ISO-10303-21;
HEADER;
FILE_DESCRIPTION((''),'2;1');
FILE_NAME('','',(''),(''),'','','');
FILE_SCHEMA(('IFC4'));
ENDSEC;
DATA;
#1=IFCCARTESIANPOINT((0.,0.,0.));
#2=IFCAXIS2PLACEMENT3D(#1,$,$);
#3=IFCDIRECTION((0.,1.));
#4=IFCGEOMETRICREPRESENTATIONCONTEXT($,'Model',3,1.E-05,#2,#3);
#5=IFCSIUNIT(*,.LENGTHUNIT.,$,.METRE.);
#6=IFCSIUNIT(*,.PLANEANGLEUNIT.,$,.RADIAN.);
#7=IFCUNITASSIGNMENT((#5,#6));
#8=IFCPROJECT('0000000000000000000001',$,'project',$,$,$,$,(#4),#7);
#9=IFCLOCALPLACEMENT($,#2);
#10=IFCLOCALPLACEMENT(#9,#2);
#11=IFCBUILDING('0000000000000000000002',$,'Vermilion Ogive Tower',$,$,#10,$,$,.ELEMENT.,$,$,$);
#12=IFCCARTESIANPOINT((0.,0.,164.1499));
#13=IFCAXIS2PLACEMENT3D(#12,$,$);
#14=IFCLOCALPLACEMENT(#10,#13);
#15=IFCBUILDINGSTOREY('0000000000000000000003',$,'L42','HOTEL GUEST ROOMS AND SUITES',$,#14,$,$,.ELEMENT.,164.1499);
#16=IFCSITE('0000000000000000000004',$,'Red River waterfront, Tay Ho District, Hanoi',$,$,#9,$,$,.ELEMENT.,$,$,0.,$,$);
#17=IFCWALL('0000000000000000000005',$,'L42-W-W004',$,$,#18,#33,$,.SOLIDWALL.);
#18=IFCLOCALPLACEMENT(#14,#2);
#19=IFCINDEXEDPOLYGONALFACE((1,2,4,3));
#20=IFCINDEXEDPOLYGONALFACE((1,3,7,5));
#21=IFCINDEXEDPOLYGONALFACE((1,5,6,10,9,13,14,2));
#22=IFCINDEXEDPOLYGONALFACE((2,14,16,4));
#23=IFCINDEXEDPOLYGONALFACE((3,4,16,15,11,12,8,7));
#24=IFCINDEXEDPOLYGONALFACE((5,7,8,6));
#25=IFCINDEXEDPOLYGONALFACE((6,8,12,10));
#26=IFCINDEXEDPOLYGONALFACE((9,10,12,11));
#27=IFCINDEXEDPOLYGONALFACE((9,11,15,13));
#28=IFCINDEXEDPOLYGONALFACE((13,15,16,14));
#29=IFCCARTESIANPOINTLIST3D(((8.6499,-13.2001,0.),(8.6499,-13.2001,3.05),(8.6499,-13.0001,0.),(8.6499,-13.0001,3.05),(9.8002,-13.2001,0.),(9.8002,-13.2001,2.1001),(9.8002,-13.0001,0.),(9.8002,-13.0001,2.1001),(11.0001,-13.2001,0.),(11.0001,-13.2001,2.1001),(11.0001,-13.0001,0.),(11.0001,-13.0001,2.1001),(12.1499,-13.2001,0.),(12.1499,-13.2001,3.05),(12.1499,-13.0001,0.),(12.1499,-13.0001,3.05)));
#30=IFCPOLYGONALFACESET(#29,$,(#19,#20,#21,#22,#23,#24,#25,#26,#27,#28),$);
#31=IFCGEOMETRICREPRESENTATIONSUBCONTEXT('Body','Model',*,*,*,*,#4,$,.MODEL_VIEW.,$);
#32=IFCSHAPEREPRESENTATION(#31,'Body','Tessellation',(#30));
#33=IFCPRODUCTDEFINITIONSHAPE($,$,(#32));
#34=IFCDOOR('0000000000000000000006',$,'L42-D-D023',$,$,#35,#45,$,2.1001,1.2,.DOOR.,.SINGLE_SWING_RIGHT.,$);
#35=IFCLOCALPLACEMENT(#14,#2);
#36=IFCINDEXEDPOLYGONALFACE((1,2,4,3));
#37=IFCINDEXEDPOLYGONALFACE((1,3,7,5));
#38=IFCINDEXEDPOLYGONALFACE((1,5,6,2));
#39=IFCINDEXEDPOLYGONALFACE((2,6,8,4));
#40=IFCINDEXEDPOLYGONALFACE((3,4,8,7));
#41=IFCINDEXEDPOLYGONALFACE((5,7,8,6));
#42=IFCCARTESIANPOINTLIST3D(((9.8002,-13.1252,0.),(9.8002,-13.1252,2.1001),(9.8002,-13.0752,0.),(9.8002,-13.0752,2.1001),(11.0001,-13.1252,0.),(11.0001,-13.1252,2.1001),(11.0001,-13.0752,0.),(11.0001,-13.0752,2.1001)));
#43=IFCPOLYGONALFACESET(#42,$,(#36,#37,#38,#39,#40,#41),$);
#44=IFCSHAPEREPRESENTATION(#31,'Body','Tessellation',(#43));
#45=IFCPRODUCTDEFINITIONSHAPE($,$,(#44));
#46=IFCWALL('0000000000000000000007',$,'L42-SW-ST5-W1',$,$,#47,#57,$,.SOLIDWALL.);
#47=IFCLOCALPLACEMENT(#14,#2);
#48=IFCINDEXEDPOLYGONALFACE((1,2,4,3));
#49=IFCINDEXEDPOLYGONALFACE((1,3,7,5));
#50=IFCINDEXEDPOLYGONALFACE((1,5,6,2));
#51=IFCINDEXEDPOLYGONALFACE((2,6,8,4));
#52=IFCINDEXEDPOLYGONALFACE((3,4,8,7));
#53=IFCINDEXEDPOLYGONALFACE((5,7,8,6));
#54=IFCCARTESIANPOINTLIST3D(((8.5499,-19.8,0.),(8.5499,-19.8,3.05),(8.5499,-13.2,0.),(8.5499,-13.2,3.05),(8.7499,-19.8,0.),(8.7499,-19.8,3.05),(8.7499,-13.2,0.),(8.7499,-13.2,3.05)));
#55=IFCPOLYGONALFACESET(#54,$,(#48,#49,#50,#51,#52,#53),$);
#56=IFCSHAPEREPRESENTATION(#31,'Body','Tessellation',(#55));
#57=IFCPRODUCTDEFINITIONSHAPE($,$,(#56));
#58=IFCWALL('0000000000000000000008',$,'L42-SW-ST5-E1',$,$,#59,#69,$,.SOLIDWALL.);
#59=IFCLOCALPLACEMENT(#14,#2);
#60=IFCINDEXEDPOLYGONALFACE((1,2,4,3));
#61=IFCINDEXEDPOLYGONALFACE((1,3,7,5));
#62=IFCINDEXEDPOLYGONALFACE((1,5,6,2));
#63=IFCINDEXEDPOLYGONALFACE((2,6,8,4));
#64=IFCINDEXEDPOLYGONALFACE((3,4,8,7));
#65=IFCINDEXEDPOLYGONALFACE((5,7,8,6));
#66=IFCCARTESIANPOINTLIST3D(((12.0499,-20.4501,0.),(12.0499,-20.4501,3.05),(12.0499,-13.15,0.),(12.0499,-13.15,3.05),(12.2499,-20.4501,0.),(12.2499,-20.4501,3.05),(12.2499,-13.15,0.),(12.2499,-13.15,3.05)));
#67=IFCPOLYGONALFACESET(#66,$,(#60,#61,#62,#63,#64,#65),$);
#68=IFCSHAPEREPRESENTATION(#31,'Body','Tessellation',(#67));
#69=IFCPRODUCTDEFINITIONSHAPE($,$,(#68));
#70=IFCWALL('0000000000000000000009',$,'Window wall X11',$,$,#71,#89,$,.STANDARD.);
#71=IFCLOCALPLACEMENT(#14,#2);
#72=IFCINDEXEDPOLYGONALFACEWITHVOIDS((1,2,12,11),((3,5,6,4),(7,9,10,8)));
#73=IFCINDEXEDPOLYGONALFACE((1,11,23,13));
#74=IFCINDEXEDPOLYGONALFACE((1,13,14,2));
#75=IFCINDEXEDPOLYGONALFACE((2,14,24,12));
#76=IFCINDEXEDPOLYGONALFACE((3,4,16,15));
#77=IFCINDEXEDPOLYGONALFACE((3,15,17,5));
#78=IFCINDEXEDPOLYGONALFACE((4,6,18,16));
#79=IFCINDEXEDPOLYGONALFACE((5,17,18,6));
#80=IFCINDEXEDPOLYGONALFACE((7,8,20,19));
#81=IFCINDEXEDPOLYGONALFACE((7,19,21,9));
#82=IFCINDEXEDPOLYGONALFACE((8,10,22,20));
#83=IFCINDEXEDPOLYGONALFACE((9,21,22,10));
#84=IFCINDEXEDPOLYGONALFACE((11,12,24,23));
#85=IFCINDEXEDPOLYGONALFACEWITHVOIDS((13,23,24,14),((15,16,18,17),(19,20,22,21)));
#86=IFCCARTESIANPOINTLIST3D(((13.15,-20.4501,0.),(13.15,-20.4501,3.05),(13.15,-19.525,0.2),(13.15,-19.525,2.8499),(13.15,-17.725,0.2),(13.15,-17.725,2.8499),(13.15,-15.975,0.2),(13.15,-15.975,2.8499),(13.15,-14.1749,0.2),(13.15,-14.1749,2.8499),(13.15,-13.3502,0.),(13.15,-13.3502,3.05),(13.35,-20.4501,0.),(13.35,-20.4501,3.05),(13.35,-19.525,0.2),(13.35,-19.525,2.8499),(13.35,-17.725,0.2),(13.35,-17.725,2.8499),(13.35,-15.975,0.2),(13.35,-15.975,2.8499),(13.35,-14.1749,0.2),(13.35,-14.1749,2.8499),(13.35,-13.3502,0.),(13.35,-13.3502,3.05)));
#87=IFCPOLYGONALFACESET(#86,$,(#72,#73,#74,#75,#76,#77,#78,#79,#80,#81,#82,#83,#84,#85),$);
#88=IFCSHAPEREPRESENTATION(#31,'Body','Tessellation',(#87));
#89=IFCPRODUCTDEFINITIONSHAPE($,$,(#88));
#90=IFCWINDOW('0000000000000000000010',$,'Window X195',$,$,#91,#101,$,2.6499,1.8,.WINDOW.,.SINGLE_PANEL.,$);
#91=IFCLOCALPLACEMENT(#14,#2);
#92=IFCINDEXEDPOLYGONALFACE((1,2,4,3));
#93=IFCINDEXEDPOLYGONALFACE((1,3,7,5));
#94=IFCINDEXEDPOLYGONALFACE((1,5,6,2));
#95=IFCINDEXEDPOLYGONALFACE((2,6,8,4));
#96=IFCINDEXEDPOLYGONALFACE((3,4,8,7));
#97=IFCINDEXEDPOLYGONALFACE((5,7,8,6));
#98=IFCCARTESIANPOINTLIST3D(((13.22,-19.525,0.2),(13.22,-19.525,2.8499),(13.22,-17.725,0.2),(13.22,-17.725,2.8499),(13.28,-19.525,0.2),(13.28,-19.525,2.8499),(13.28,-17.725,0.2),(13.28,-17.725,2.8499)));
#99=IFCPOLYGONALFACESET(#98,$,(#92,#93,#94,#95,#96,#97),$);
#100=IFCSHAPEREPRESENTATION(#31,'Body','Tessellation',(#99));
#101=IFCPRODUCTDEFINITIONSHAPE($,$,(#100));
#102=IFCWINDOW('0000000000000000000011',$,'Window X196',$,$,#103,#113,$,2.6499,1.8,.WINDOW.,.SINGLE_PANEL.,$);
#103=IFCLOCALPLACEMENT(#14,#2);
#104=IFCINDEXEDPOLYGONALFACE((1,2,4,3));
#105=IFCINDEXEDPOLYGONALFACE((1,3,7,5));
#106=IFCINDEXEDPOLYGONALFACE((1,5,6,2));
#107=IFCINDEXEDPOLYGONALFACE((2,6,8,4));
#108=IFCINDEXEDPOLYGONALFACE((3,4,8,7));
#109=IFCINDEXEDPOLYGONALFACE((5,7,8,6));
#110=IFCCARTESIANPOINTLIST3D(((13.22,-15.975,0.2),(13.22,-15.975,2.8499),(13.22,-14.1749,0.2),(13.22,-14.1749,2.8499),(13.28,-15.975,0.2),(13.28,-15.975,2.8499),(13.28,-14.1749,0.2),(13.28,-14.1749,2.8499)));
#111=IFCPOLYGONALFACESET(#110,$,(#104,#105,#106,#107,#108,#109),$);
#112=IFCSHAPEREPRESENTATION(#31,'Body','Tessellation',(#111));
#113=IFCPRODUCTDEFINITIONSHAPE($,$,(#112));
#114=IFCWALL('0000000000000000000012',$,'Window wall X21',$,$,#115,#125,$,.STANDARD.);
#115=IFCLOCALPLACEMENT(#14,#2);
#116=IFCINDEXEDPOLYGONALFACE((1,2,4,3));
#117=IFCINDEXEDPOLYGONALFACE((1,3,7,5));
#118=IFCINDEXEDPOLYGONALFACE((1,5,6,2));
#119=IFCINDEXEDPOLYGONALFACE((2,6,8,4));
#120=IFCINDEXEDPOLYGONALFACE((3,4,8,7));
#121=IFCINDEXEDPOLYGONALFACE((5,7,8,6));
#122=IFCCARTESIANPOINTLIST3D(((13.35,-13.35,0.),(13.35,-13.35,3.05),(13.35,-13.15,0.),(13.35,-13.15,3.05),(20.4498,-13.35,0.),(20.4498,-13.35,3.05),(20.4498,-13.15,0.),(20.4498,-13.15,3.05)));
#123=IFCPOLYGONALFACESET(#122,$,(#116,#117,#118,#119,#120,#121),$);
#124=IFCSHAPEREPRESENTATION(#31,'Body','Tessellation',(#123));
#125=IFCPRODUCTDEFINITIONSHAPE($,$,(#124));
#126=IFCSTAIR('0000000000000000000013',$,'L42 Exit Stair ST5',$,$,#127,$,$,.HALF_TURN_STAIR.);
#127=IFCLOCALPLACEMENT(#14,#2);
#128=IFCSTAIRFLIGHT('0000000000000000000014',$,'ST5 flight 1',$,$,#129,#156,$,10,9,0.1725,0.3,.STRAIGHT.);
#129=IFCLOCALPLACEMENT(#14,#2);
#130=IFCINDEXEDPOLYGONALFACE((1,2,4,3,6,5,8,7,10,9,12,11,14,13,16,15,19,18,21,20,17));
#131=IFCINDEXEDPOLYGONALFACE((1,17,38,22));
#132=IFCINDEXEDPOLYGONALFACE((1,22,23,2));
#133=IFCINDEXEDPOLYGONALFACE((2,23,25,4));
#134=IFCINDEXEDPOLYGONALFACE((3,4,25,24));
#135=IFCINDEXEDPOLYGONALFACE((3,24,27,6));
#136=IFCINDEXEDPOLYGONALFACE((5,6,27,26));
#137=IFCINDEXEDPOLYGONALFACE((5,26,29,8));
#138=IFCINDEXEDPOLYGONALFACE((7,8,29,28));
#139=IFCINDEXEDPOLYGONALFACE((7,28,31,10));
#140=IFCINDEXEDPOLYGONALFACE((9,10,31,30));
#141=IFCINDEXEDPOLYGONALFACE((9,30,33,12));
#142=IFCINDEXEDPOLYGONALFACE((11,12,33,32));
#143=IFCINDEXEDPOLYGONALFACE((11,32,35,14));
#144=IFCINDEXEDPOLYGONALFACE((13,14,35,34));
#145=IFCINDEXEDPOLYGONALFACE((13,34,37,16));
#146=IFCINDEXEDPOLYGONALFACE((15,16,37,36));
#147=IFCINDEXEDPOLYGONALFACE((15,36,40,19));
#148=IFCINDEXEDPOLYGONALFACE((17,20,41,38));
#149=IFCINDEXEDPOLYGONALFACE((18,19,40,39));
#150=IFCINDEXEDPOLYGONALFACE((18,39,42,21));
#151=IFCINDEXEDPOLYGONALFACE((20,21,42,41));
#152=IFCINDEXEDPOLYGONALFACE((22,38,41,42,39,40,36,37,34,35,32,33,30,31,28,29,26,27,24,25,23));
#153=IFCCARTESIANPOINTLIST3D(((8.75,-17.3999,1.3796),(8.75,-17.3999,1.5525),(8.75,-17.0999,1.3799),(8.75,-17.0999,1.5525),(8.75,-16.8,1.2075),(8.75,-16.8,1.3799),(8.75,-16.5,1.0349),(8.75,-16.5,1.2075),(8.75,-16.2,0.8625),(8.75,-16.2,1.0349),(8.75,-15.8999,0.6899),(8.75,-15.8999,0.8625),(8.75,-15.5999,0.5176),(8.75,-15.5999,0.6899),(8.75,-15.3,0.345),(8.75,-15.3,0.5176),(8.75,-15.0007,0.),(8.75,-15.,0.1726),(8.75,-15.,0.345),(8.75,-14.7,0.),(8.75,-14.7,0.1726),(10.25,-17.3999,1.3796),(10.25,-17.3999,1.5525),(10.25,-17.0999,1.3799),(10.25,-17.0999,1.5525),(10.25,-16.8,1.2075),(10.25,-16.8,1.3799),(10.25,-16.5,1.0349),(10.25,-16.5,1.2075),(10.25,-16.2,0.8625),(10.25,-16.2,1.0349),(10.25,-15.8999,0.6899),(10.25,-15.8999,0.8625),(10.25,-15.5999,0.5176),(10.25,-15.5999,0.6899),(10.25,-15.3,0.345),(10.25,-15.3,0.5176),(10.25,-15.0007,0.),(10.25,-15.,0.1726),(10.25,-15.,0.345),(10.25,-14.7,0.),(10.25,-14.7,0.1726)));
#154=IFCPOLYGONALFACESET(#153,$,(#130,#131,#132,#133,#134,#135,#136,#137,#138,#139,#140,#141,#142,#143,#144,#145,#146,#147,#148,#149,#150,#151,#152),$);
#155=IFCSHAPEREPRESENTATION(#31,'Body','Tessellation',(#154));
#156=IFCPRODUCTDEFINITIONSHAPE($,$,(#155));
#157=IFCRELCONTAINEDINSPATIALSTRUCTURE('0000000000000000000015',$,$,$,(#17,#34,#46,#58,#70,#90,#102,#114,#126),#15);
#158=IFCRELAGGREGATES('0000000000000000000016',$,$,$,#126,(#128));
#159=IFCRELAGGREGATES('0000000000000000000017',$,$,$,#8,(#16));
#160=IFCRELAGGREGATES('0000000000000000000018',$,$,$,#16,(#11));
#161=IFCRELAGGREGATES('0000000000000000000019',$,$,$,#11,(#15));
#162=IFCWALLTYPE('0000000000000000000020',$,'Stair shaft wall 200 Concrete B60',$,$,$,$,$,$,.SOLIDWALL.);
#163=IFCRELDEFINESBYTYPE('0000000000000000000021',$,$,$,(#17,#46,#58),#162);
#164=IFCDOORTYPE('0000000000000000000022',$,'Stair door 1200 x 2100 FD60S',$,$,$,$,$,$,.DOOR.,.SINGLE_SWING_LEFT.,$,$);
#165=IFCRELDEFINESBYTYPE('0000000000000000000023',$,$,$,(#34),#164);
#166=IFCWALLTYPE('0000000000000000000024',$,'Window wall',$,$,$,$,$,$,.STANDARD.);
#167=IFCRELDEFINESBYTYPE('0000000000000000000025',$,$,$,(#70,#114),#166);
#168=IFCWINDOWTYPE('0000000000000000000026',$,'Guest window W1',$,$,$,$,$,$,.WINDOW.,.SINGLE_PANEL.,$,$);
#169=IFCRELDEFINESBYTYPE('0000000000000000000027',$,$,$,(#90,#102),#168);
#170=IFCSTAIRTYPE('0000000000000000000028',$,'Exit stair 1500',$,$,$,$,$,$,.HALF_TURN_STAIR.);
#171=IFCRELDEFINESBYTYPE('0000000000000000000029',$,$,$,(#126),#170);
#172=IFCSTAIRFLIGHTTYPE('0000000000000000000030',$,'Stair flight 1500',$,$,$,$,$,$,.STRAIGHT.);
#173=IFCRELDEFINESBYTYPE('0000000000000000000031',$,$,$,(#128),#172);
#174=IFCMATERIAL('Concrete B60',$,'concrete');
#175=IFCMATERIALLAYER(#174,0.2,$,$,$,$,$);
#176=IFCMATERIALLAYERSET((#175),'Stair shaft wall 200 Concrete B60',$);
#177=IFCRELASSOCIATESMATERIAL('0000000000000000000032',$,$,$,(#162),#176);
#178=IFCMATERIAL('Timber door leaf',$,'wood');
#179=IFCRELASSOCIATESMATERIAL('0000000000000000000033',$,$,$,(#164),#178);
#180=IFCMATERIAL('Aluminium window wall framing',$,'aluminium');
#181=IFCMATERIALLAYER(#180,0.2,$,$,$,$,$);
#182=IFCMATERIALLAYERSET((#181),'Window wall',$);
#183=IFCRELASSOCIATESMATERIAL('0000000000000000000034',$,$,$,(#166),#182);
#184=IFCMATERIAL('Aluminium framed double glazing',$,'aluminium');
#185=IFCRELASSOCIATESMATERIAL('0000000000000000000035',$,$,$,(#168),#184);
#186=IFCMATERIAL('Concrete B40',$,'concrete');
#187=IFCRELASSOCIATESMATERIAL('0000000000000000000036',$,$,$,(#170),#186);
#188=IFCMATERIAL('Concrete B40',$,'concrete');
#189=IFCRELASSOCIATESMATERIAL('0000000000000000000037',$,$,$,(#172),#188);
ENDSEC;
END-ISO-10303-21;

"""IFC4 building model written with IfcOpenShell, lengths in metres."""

from ifc_helpers import new_model, si_unit, direction, frame, frame_2d, origin, place, context, subcontext, project, spatial, polyline, rectangle, outline, extrude, material, layer, layer_set, type_object, element, fill, aggregate, save


model = new_model("IFC4")

# Units and contexts
model_context = context("Model", 3, precision=1e-05, world=origin(), true_north=direction((0.0, 1.0)))
body_context = subcontext(model_context, "Body", "Model", "MODEL_VIEW")
ifc_project = project(units=[si_unit("LENGTHUNIT", "METRE"), si_unit("PLANEANGLEUNIT", "RADIAN")], contexts=[model_context])

# Site, building, storey
site_placement = place(None, origin())
site = spatial("IfcSite", under=ifc_project, at=site_placement, Name="Red River waterfront, Tay Ho District, Hanoi", CompositionType="ELEMENT", RefElevation=0.0)
building_placement = place(site_placement, origin())
building = spatial("IfcBuilding", under=site, at=building_placement, Name="Vermilion Ogive Tower", CompositionType="ELEMENT")
storey_placement = place(building_placement, frame((0.0, 0.0, 164.1499)))
storey = spatial("IfcBuildingStorey", under=building, at=storey_placement, Name="L42", Description="HOTEL GUEST ROOMS AND SUITES", CompositionType="ELEMENT", Elevation=164.1499)

# Wall, opening, door
ifc_material_1 = material(Name="Concrete B60", Category="concrete")
ifc_layer_1 = layer(ifc_material_1, 0.2)
ifc_layer_set_1 = layer_set([ifc_layer_1], Name="Stair shaft wall 200 Concrete B60")
wall_type_1 = type_object("IfcWallType", Name="Stair shaft wall 200 Concrete B60", PredefinedType="SOLIDWALL", material=ifc_layer_set_1)
wall_1_placement = place(storey_placement, frame((8.6499, -13.1001, 0.0), z_axis=(0.0, 0.0, 1.0), x_axis=(1.0, 0.0, 0.0)))
wall_1 = element("IfcWall", 1, at=wall_1_placement, inside=storey, type_object=wall_type_1, Name="L42-W-W004", PredefinedType="SOLIDWALL", context=body_context, shape_type="SweptSolid", body=[
    extrude(rectangle(XDim=3.5, YDim=0.2, at=frame_2d((1.75, 0.0))), origin(), (0.0, 0.0, 1.0), 3.05),
])
opening_1_placement = place(wall_1_placement, frame((1.1501, 0.0, 0.0)))
opening_1 = element("IfcOpeningElement", 2, at=opening_1_placement, cuts=wall_1, PredefinedType="OPENING", context=body_context, shape_type="SweptSolid", body=[
    extrude(rectangle(XDim=1.2, YDim=2.1001, at=frame_2d((0.6001, 1.05))), frame((0.0, 0.1099, 0.0), z_axis=(0.0, -1.0, 0.0), x_axis=(1.0, 0.0, 0.0)), (0.0, 0.0, 1.0), 0.22),
])
ifc_material_2 = material(Name="Timber door leaf", Category="wood")
door_type = type_object("IfcDoorType", Name="Stair door 1200 x 2100 FD60S", OperationType="SINGLE_SWING_LEFT", PredefinedType="DOOR", material=ifc_material_2)
door_placement = place(opening_1_placement, origin())
door = element("IfcDoor", 3, at=door_placement, inside=storey, type_object=door_type, Name="L42-D-D023", OperationType="SINGLE_SWING_RIGHT", OverallHeight=2.1001, OverallWidth=1.2, PredefinedType="DOOR", context=body_context, shape_type="SweptSolid", body=[
    extrude(rectangle(XDim=1.2, YDim=2.1001, at=frame_2d((0.6001, 1.05))), frame((0.0, 0.0249, 0.0), z_axis=(0.0, -1.0, 0.0), x_axis=(1.0, 0.0, 0.0)), (0.0, 0.0, 1.0), 0.05),
])
fill(opening_1, door)

# Walls
wall_2_placement = place(storey_placement, frame((8.6499, -19.8, 0.0), z_axis=(0.0, 0.0, 1.0), x_axis=(0.0, 1.0, 0.0)))
element("IfcWall", 4, at=wall_2_placement, inside=storey, type_object=wall_type_1, Name="L42-SW-ST5-W1", PredefinedType="SOLIDWALL", context=body_context, shape_type="SweptSolid", body=[
    extrude(rectangle(XDim=6.6001, YDim=0.2, at=frame_2d((3.3, 0.0))), origin(), (0.0, 0.0, 1.0), 3.05),
])
wall_3_placement = place(storey_placement, frame((12.1499, -20.45, 0.0), z_axis=(0.0, 0.0, 1.0), x_axis=(0.0, 1.0, 0.0)))
element("IfcWall", 5, at=wall_3_placement, inside=storey, type_object=wall_type_1, Name="L42-SW-ST5-E1", PredefinedType="SOLIDWALL", context=body_context, shape_type="SweptSolid", body=[
    extrude(rectangle(XDim=7.3, YDim=0.2, at=frame_2d((3.6499, 0.0))), origin(), (0.0, 0.0, 1.0), 3.05),
])

# Wall, openings, windows
ifc_material_3 = material(Name="Aluminium window wall framing", Category="aluminium")
ifc_layer_2 = layer(ifc_material_3, 0.2)
ifc_layer_set_2 = layer_set([ifc_layer_2], Name="Window wall")
wall_type_2 = type_object("IfcWallType", Name="Window wall", PredefinedType="STANDARD", material=ifc_layer_set_2)
wall_4_placement = place(storey_placement, frame((13.25, -20.45, 0.0), z_axis=(0.0, 0.0, 1.0), x_axis=(0.0, 1.0, 0.0)))
wall_4 = element("IfcWall", 6, at=wall_4_placement, inside=storey, type_object=wall_type_2, Name="Window wall X11", PredefinedType="STANDARD", context=body_context, shape_type="SweptSolid", body=[
    extrude(rectangle(XDim=7.0999, YDim=0.2, at=frame_2d((3.5498, 0.0))), origin(), (0.0, 0.0, 1.0), 3.05),
])
opening_2_placement = place(wall_4_placement, frame((0.925, 0.0, 0.2)))
opening_2 = element("IfcOpeningElement", 7, at=opening_2_placement, cuts=wall_4, PredefinedType="OPENING", context=body_context, shape_type="SweptSolid", body=[
    extrude(rectangle(XDim=1.8, YDim=2.6499, at=frame_2d((0.8999, 1.325))), frame((0.0, 0.1099, 0.0), z_axis=(0.0, -1.0, 0.0), x_axis=(1.0, 0.0, 0.0)), (0.0, 0.0, 1.0), 0.22),
])
opening_3_placement = place(wall_4_placement, frame((4.4751, 0.0, 0.2)))
opening_3 = element("IfcOpeningElement", 8, at=opening_3_placement, cuts=wall_4, PredefinedType="OPENING", context=body_context, shape_type="SweptSolid", body=[
    extrude(rectangle(XDim=1.8, YDim=2.6499, at=frame_2d((0.8999, 1.325))), frame((0.0, 0.1099, 0.0), z_axis=(0.0, -1.0, 0.0), x_axis=(1.0, 0.0, 0.0)), (0.0, 0.0, 1.0), 0.22),
])
ifc_material_4 = material(Name="Aluminium framed double glazing", Category="aluminium")
window_type = type_object("IfcWindowType", Name="Guest window W1", PartitioningType="SINGLE_PANEL", PredefinedType="WINDOW", material=ifc_material_4)
window_1_placement = place(opening_2_placement, origin())
window_1 = element("IfcWindow", 9, at=window_1_placement, inside=storey, type_object=window_type, Name="Window X195", OverallHeight=2.6499, OverallWidth=1.8, PartitioningType="SINGLE_PANEL", PredefinedType="WINDOW", context=body_context, shape_type="SweptSolid", body=[
    extrude(rectangle(XDim=1.8, YDim=2.6499, at=frame_2d((0.8999, 1.325))), frame((0.0, 0.03, 0.0), z_axis=(0.0, -1.0, 0.0), x_axis=(1.0, 0.0, 0.0)), (0.0, 0.0, 1.0), 0.0601),
])
fill(opening_2, window_1)
window_2_placement = place(opening_3_placement, origin())
window_2 = element("IfcWindow", 10, at=window_2_placement, inside=storey, type_object=window_type, Name="Window X196", OverallHeight=2.6499, OverallWidth=1.8, PartitioningType="SINGLE_PANEL", PredefinedType="WINDOW", context=body_context, shape_type="SweptSolid", body=[
    extrude(rectangle(XDim=1.8, YDim=2.6499, at=frame_2d((0.8999, 1.325))), frame((0.0, 0.03, 0.0), z_axis=(0.0, -1.0, 0.0), x_axis=(1.0, 0.0, 0.0)), (0.0, 0.0, 1.0), 0.0601),
])
fill(opening_3, window_2)

# Wall
wall_5_placement = place(storey_placement, frame((13.3501, -13.25, 0.0), z_axis=(0.0, 0.0, 1.0), x_axis=(1.0, 0.0, 0.0)))
element("IfcWall", 11, at=wall_5_placement, inside=storey, type_object=wall_type_2, Name="Window wall X21", PredefinedType="STANDARD", context=body_context, shape_type="SweptSolid", body=[
    extrude(rectangle(XDim=7.0999, YDim=0.2, at=frame_2d((3.5498, 0.0))), origin(), (0.0, 0.0, 1.0), 3.05),
])

# Stair, stair flight
ifc_material_5 = material(Name="Concrete B40", Category="concrete")
stair_type = type_object("IfcStairType", Name="Exit stair 1500", PredefinedType="HALF_TURN_STAIR", material=ifc_material_5)
stair_placement = place(storey_placement, origin())
stair = element("IfcStair", 12, at=stair_placement, inside=storey, type_object=stair_type, Name="L42 Exit Stair ST5", PredefinedType="HALF_TURN_STAIR")
ifc_material_6 = material(Name="Concrete B40", Category="concrete")
stair_flight_type = type_object("IfcStairFlightType", Name="Stair flight 1500", PredefinedType="STRAIGHT", material=ifc_material_6)
stair_flight_1_placement = place(storey_placement, frame((9.5, -14.7, 0.0), z_axis=(0.0, 0.0, 1.0), x_axis=(0.0, -1.0, 0.0)))
stair_flight_1 = element("IfcStairFlight", 13, at=stair_flight_1_placement, type_object=stair_flight_type, Name="ST5 flight 1", NumberOfRisers=10, NumberOfTreads=9, PredefinedType="STRAIGHT", RiserHeight=0.1725, TreadLength=0.3, context=body_context, shape_type="SweptSolid", body=[
    extrude(outline(polyline([(0.0, 0.0), (0.0, 0.1726), (0.3, 0.1726), (0.3, 0.345), (0.6001, 0.345), (0.6001, 0.5176), (0.8999, 0.5176), (0.8999, 0.6899), (1.2, 0.6899), (1.2, 0.8625), (1.5, 0.8625), (1.5, 1.0349), (1.8, 1.0349), (1.8, 1.2075), (2.1001, 1.2075), (2.1001, 1.3799), (2.3999, 1.3799), (2.3999, 1.5525), (2.7, 1.5525), (2.7, 1.7251), (2.7, 1.3796), (0.3008, 0.0), (0.0, 0.0)])), frame((0.0, 0.75, 0.0), z_axis=(0.0, -1.0, 0.0), x_axis=(1.0, 0.0, 0.0)), (0.0, 0.0, 1.0), 1.5),
])
aggregate(stair, [stair_flight_1])

save(model, "model.ifc")
